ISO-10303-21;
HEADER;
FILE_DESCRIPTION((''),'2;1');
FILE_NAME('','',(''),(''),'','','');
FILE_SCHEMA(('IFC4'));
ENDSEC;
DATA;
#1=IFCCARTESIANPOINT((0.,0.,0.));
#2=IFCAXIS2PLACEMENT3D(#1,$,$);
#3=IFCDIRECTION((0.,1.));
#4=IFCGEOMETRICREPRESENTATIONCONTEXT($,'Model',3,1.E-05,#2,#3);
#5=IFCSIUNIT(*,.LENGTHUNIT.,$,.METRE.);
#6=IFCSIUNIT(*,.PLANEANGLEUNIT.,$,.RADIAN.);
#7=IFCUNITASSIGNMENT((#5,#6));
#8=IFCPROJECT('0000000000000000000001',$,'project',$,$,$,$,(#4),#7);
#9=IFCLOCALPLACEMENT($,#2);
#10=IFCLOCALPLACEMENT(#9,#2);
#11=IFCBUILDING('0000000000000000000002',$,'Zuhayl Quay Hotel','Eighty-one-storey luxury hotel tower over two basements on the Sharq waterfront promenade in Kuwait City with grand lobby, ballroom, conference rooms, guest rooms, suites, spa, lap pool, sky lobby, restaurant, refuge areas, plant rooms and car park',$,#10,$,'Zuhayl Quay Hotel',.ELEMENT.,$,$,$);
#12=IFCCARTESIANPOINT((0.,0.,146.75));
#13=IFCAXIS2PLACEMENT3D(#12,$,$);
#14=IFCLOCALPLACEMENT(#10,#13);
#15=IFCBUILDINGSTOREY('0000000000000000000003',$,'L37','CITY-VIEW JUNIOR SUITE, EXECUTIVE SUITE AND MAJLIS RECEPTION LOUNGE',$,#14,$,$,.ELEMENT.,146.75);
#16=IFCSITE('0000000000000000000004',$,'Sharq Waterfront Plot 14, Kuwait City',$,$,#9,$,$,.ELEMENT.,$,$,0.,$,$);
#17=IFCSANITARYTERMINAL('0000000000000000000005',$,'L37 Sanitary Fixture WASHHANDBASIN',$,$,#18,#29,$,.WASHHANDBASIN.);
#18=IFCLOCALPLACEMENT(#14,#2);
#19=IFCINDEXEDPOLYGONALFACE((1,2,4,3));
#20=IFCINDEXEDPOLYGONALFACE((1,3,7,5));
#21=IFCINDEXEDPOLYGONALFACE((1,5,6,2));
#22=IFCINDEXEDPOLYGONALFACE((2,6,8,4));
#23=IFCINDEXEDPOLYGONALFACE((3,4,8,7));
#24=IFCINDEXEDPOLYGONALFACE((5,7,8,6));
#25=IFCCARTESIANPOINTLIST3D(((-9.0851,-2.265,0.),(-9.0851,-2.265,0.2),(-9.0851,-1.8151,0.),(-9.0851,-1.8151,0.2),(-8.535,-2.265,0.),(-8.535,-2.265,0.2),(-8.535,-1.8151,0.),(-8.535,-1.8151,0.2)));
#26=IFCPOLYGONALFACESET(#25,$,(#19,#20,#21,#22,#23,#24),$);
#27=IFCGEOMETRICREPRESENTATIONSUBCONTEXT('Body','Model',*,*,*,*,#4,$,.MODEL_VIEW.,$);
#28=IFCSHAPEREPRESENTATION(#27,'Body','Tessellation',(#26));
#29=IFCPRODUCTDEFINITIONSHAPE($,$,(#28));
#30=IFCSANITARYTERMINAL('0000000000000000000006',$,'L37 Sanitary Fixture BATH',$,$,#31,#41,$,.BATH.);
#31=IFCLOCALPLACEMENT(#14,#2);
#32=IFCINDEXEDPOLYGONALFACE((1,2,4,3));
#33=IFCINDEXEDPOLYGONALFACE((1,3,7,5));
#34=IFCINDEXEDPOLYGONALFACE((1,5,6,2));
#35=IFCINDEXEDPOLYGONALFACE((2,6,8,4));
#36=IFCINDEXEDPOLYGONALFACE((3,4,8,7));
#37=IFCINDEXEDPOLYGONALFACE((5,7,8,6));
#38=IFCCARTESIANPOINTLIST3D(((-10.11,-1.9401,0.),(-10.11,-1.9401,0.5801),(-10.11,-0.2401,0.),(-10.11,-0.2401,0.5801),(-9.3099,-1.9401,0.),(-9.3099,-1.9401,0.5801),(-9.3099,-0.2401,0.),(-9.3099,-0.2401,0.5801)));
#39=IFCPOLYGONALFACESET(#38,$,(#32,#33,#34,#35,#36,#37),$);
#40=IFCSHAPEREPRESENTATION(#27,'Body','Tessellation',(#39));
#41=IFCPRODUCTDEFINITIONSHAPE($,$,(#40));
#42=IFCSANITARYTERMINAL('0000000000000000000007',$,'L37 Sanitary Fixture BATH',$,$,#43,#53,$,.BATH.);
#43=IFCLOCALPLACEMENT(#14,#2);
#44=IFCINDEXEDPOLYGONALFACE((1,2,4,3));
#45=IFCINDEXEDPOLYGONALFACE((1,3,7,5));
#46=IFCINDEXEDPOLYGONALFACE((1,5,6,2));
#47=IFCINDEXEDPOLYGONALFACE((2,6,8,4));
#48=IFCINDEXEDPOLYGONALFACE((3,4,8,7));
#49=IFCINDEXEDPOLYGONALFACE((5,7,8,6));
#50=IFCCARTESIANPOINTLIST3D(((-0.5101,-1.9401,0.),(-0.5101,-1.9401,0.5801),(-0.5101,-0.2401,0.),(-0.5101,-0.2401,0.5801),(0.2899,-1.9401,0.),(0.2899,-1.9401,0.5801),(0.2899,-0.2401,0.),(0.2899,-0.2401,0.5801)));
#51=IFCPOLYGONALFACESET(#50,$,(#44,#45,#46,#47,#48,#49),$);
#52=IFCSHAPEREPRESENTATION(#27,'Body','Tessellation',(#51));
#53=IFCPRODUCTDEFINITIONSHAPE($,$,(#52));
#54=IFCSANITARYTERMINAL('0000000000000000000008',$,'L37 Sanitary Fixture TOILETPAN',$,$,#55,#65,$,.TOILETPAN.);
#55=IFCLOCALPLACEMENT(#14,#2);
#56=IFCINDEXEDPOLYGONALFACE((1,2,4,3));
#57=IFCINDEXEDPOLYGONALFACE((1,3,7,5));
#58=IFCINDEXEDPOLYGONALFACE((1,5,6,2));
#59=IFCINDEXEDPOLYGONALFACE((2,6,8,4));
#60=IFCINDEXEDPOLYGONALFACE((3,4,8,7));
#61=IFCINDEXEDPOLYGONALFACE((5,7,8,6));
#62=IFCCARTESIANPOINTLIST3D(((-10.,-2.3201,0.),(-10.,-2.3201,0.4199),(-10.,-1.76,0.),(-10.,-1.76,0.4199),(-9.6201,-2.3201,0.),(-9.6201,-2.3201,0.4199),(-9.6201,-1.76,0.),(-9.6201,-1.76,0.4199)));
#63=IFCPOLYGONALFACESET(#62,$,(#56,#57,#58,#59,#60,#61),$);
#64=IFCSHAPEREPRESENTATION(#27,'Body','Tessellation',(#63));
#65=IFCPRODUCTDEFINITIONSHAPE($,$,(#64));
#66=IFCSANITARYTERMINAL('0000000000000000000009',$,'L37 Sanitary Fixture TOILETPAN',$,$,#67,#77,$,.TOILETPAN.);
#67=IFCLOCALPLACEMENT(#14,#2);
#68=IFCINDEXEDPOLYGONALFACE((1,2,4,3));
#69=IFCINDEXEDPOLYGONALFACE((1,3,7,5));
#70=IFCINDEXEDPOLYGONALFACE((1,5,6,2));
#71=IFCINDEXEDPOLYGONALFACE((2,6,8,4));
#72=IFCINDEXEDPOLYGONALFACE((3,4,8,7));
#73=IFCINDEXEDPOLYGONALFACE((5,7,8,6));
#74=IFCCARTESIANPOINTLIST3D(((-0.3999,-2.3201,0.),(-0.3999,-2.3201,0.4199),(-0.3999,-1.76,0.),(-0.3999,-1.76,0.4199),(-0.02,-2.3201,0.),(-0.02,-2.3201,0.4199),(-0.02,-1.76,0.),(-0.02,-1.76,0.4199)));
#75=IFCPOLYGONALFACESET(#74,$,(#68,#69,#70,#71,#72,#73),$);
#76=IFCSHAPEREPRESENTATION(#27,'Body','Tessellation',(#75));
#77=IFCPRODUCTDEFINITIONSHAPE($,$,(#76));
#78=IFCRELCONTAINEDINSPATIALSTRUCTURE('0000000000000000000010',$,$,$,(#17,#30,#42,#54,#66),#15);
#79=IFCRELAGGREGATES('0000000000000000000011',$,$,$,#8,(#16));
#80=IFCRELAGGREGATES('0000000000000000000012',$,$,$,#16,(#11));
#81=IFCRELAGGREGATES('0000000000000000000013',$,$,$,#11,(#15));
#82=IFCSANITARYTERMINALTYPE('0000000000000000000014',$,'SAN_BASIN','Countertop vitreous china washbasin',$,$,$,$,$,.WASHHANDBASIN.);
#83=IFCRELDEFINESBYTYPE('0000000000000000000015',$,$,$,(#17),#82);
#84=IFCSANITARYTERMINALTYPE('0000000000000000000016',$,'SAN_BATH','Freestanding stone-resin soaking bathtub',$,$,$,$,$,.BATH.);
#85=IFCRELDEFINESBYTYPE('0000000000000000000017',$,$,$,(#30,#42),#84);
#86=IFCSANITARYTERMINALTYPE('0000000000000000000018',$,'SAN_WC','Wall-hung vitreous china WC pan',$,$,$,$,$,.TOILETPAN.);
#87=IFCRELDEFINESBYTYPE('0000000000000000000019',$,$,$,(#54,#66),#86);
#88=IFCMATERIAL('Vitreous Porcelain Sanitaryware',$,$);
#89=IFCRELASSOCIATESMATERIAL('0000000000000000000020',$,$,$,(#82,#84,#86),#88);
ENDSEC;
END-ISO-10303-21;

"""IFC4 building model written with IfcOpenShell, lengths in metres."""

from ifc_helpers import new_model, si_unit, direction, frame, origin, origin_2d, place, context, subcontext, project, spatial, rectangle, extrude, material, type_object, element, save


model = new_model("IFC4")

# Units and contexts
model_context = context("Model", 3, precision=1e-05, world=origin(), true_north=direction((0.0, 1.0)))
body_context = subcontext(model_context, "Body", "Model", "MODEL_VIEW")
ifc_project = project(units=[si_unit("LENGTHUNIT", "METRE"), si_unit("PLANEANGLEUNIT", "RADIAN")], contexts=[model_context])

# Site, building, storey
site_placement = place(None, origin())
site = spatial("IfcSite", under=ifc_project, at=site_placement, Name="Sharq Waterfront Plot 14, Kuwait City", CompositionType="ELEMENT", RefElevation=0.0)
building_placement = place(site_placement, origin())
building = spatial("IfcBuilding", under=site, at=building_placement, Name="Zuhayl Quay Hotel", Description="Eighty-one-storey luxury hotel tower over two basements on the Sharq waterfront promenade in Kuwait City with grand lobby, ballroom, conference rooms, guest rooms, suites, spa, lap pool, sky lobby, restaurant, refuge areas, plant rooms and car park", LongName="Zuhayl Quay Hotel", CompositionType="ELEMENT")
storey_placement = place(building_placement, frame((0.0, 0.0, 146.75)))
storey = spatial("IfcBuildingStorey", under=building, at=storey_placement, Name="L37", Description="CITY-VIEW JUNIOR SUITE, EXECUTIVE SUITE AND MAJLIS RECEPTION LOUNGE", CompositionType="ELEMENT", Elevation=146.75)

# Sanitary terminals
ifc_material_1 = material(Name="Vitreous Porcelain Sanitaryware")
sanitary_terminal_type_1 = type_object("IfcSanitaryTerminalType", Name="SAN_BASIN", Description="Countertop vitreous china washbasin", PredefinedType="WASHHANDBASIN", material=ifc_material_1)
sanitary_terminal_placement = place(storey_placement, frame((-8.8101, -2.04, 0.0), z_axis=(0.0, 0.0, 1.0), x_axis=(1.0, 0.0, 0.0)))
element("IfcSanitaryTerminal", 1, at=sanitary_terminal_placement, inside=storey, type_object=sanitary_terminal_type_1, Name="L37 Sanitary Fixture WASHHANDBASIN", PredefinedType="WASHHANDBASIN", context=body_context, shape_type="SweptSolid", body=[
    extrude(rectangle(XDim=0.55, YDim=0.45, at=origin_2d()), origin(), (0.0, 0.0, 1.0), 0.2),
])
sanitary_terminal_type_2 = type_object("IfcSanitaryTerminalType", Name="SAN_BATH", Description="Freestanding stone-resin soaking bathtub", PredefinedType="BATH", material=ifc_material_1)
for number, where, z_axis, x_axis, name in (
    (2, (-9.71, -1.0901, 0.0), (0.0, 0.0, 1.0), (1.0, 0.0, 0.0), "L37 Sanitary Fixture BATH"),
    (3, (-0.1101, -1.0901, 0.0), (0.0, 0.0, 1.0), (1.0, 0.0, 0.0), "L37 Sanitary Fixture BATH"),
):
    element("IfcSanitaryTerminal", number, at=place(storey_placement, frame(where, z_axis=z_axis, x_axis=x_axis)), inside=storey, type_object=sanitary_terminal_type_2, Name=name, PredefinedType="BATH", context=body_context, shape_type="SweptSolid", body=[
        extrude(rectangle(XDim=0.8, YDim=1.7, at=origin_2d()), origin(), (0.0, 0.0, 1.0), 0.5801),
    ])
sanitary_terminal_type_3 = type_object("IfcSanitaryTerminalType", Name="SAN_WC", Description="Wall-hung vitreous china WC pan", PredefinedType="TOILETPAN", material=ifc_material_1)
for number, where, z_axis, x_axis, name in (
    (4, (-9.8101, -2.04, 0.0), (0.0, 0.0, 1.0), (1.0, 0.0, 0.0), "L37 Sanitary Fixture TOILETPAN"),
    (5, (-0.21, -2.04, 0.0), (0.0, 0.0, 1.0), (1.0, 0.0, 0.0), "L37 Sanitary Fixture TOILETPAN"),
):
    element("IfcSanitaryTerminal", number, at=place(storey_placement, frame(where, z_axis=z_axis, x_axis=x_axis)), inside=storey, type_object=sanitary_terminal_type_3, Name=name, PredefinedType="TOILETPAN", context=body_context, shape_type="SweptSolid", body=[
        extrude(rectangle(XDim=0.3799, YDim=0.5601, at=origin_2d()), origin(), (0.0, 0.0, 1.0), 0.4199),
    ])

save(model, "model.ifc")
